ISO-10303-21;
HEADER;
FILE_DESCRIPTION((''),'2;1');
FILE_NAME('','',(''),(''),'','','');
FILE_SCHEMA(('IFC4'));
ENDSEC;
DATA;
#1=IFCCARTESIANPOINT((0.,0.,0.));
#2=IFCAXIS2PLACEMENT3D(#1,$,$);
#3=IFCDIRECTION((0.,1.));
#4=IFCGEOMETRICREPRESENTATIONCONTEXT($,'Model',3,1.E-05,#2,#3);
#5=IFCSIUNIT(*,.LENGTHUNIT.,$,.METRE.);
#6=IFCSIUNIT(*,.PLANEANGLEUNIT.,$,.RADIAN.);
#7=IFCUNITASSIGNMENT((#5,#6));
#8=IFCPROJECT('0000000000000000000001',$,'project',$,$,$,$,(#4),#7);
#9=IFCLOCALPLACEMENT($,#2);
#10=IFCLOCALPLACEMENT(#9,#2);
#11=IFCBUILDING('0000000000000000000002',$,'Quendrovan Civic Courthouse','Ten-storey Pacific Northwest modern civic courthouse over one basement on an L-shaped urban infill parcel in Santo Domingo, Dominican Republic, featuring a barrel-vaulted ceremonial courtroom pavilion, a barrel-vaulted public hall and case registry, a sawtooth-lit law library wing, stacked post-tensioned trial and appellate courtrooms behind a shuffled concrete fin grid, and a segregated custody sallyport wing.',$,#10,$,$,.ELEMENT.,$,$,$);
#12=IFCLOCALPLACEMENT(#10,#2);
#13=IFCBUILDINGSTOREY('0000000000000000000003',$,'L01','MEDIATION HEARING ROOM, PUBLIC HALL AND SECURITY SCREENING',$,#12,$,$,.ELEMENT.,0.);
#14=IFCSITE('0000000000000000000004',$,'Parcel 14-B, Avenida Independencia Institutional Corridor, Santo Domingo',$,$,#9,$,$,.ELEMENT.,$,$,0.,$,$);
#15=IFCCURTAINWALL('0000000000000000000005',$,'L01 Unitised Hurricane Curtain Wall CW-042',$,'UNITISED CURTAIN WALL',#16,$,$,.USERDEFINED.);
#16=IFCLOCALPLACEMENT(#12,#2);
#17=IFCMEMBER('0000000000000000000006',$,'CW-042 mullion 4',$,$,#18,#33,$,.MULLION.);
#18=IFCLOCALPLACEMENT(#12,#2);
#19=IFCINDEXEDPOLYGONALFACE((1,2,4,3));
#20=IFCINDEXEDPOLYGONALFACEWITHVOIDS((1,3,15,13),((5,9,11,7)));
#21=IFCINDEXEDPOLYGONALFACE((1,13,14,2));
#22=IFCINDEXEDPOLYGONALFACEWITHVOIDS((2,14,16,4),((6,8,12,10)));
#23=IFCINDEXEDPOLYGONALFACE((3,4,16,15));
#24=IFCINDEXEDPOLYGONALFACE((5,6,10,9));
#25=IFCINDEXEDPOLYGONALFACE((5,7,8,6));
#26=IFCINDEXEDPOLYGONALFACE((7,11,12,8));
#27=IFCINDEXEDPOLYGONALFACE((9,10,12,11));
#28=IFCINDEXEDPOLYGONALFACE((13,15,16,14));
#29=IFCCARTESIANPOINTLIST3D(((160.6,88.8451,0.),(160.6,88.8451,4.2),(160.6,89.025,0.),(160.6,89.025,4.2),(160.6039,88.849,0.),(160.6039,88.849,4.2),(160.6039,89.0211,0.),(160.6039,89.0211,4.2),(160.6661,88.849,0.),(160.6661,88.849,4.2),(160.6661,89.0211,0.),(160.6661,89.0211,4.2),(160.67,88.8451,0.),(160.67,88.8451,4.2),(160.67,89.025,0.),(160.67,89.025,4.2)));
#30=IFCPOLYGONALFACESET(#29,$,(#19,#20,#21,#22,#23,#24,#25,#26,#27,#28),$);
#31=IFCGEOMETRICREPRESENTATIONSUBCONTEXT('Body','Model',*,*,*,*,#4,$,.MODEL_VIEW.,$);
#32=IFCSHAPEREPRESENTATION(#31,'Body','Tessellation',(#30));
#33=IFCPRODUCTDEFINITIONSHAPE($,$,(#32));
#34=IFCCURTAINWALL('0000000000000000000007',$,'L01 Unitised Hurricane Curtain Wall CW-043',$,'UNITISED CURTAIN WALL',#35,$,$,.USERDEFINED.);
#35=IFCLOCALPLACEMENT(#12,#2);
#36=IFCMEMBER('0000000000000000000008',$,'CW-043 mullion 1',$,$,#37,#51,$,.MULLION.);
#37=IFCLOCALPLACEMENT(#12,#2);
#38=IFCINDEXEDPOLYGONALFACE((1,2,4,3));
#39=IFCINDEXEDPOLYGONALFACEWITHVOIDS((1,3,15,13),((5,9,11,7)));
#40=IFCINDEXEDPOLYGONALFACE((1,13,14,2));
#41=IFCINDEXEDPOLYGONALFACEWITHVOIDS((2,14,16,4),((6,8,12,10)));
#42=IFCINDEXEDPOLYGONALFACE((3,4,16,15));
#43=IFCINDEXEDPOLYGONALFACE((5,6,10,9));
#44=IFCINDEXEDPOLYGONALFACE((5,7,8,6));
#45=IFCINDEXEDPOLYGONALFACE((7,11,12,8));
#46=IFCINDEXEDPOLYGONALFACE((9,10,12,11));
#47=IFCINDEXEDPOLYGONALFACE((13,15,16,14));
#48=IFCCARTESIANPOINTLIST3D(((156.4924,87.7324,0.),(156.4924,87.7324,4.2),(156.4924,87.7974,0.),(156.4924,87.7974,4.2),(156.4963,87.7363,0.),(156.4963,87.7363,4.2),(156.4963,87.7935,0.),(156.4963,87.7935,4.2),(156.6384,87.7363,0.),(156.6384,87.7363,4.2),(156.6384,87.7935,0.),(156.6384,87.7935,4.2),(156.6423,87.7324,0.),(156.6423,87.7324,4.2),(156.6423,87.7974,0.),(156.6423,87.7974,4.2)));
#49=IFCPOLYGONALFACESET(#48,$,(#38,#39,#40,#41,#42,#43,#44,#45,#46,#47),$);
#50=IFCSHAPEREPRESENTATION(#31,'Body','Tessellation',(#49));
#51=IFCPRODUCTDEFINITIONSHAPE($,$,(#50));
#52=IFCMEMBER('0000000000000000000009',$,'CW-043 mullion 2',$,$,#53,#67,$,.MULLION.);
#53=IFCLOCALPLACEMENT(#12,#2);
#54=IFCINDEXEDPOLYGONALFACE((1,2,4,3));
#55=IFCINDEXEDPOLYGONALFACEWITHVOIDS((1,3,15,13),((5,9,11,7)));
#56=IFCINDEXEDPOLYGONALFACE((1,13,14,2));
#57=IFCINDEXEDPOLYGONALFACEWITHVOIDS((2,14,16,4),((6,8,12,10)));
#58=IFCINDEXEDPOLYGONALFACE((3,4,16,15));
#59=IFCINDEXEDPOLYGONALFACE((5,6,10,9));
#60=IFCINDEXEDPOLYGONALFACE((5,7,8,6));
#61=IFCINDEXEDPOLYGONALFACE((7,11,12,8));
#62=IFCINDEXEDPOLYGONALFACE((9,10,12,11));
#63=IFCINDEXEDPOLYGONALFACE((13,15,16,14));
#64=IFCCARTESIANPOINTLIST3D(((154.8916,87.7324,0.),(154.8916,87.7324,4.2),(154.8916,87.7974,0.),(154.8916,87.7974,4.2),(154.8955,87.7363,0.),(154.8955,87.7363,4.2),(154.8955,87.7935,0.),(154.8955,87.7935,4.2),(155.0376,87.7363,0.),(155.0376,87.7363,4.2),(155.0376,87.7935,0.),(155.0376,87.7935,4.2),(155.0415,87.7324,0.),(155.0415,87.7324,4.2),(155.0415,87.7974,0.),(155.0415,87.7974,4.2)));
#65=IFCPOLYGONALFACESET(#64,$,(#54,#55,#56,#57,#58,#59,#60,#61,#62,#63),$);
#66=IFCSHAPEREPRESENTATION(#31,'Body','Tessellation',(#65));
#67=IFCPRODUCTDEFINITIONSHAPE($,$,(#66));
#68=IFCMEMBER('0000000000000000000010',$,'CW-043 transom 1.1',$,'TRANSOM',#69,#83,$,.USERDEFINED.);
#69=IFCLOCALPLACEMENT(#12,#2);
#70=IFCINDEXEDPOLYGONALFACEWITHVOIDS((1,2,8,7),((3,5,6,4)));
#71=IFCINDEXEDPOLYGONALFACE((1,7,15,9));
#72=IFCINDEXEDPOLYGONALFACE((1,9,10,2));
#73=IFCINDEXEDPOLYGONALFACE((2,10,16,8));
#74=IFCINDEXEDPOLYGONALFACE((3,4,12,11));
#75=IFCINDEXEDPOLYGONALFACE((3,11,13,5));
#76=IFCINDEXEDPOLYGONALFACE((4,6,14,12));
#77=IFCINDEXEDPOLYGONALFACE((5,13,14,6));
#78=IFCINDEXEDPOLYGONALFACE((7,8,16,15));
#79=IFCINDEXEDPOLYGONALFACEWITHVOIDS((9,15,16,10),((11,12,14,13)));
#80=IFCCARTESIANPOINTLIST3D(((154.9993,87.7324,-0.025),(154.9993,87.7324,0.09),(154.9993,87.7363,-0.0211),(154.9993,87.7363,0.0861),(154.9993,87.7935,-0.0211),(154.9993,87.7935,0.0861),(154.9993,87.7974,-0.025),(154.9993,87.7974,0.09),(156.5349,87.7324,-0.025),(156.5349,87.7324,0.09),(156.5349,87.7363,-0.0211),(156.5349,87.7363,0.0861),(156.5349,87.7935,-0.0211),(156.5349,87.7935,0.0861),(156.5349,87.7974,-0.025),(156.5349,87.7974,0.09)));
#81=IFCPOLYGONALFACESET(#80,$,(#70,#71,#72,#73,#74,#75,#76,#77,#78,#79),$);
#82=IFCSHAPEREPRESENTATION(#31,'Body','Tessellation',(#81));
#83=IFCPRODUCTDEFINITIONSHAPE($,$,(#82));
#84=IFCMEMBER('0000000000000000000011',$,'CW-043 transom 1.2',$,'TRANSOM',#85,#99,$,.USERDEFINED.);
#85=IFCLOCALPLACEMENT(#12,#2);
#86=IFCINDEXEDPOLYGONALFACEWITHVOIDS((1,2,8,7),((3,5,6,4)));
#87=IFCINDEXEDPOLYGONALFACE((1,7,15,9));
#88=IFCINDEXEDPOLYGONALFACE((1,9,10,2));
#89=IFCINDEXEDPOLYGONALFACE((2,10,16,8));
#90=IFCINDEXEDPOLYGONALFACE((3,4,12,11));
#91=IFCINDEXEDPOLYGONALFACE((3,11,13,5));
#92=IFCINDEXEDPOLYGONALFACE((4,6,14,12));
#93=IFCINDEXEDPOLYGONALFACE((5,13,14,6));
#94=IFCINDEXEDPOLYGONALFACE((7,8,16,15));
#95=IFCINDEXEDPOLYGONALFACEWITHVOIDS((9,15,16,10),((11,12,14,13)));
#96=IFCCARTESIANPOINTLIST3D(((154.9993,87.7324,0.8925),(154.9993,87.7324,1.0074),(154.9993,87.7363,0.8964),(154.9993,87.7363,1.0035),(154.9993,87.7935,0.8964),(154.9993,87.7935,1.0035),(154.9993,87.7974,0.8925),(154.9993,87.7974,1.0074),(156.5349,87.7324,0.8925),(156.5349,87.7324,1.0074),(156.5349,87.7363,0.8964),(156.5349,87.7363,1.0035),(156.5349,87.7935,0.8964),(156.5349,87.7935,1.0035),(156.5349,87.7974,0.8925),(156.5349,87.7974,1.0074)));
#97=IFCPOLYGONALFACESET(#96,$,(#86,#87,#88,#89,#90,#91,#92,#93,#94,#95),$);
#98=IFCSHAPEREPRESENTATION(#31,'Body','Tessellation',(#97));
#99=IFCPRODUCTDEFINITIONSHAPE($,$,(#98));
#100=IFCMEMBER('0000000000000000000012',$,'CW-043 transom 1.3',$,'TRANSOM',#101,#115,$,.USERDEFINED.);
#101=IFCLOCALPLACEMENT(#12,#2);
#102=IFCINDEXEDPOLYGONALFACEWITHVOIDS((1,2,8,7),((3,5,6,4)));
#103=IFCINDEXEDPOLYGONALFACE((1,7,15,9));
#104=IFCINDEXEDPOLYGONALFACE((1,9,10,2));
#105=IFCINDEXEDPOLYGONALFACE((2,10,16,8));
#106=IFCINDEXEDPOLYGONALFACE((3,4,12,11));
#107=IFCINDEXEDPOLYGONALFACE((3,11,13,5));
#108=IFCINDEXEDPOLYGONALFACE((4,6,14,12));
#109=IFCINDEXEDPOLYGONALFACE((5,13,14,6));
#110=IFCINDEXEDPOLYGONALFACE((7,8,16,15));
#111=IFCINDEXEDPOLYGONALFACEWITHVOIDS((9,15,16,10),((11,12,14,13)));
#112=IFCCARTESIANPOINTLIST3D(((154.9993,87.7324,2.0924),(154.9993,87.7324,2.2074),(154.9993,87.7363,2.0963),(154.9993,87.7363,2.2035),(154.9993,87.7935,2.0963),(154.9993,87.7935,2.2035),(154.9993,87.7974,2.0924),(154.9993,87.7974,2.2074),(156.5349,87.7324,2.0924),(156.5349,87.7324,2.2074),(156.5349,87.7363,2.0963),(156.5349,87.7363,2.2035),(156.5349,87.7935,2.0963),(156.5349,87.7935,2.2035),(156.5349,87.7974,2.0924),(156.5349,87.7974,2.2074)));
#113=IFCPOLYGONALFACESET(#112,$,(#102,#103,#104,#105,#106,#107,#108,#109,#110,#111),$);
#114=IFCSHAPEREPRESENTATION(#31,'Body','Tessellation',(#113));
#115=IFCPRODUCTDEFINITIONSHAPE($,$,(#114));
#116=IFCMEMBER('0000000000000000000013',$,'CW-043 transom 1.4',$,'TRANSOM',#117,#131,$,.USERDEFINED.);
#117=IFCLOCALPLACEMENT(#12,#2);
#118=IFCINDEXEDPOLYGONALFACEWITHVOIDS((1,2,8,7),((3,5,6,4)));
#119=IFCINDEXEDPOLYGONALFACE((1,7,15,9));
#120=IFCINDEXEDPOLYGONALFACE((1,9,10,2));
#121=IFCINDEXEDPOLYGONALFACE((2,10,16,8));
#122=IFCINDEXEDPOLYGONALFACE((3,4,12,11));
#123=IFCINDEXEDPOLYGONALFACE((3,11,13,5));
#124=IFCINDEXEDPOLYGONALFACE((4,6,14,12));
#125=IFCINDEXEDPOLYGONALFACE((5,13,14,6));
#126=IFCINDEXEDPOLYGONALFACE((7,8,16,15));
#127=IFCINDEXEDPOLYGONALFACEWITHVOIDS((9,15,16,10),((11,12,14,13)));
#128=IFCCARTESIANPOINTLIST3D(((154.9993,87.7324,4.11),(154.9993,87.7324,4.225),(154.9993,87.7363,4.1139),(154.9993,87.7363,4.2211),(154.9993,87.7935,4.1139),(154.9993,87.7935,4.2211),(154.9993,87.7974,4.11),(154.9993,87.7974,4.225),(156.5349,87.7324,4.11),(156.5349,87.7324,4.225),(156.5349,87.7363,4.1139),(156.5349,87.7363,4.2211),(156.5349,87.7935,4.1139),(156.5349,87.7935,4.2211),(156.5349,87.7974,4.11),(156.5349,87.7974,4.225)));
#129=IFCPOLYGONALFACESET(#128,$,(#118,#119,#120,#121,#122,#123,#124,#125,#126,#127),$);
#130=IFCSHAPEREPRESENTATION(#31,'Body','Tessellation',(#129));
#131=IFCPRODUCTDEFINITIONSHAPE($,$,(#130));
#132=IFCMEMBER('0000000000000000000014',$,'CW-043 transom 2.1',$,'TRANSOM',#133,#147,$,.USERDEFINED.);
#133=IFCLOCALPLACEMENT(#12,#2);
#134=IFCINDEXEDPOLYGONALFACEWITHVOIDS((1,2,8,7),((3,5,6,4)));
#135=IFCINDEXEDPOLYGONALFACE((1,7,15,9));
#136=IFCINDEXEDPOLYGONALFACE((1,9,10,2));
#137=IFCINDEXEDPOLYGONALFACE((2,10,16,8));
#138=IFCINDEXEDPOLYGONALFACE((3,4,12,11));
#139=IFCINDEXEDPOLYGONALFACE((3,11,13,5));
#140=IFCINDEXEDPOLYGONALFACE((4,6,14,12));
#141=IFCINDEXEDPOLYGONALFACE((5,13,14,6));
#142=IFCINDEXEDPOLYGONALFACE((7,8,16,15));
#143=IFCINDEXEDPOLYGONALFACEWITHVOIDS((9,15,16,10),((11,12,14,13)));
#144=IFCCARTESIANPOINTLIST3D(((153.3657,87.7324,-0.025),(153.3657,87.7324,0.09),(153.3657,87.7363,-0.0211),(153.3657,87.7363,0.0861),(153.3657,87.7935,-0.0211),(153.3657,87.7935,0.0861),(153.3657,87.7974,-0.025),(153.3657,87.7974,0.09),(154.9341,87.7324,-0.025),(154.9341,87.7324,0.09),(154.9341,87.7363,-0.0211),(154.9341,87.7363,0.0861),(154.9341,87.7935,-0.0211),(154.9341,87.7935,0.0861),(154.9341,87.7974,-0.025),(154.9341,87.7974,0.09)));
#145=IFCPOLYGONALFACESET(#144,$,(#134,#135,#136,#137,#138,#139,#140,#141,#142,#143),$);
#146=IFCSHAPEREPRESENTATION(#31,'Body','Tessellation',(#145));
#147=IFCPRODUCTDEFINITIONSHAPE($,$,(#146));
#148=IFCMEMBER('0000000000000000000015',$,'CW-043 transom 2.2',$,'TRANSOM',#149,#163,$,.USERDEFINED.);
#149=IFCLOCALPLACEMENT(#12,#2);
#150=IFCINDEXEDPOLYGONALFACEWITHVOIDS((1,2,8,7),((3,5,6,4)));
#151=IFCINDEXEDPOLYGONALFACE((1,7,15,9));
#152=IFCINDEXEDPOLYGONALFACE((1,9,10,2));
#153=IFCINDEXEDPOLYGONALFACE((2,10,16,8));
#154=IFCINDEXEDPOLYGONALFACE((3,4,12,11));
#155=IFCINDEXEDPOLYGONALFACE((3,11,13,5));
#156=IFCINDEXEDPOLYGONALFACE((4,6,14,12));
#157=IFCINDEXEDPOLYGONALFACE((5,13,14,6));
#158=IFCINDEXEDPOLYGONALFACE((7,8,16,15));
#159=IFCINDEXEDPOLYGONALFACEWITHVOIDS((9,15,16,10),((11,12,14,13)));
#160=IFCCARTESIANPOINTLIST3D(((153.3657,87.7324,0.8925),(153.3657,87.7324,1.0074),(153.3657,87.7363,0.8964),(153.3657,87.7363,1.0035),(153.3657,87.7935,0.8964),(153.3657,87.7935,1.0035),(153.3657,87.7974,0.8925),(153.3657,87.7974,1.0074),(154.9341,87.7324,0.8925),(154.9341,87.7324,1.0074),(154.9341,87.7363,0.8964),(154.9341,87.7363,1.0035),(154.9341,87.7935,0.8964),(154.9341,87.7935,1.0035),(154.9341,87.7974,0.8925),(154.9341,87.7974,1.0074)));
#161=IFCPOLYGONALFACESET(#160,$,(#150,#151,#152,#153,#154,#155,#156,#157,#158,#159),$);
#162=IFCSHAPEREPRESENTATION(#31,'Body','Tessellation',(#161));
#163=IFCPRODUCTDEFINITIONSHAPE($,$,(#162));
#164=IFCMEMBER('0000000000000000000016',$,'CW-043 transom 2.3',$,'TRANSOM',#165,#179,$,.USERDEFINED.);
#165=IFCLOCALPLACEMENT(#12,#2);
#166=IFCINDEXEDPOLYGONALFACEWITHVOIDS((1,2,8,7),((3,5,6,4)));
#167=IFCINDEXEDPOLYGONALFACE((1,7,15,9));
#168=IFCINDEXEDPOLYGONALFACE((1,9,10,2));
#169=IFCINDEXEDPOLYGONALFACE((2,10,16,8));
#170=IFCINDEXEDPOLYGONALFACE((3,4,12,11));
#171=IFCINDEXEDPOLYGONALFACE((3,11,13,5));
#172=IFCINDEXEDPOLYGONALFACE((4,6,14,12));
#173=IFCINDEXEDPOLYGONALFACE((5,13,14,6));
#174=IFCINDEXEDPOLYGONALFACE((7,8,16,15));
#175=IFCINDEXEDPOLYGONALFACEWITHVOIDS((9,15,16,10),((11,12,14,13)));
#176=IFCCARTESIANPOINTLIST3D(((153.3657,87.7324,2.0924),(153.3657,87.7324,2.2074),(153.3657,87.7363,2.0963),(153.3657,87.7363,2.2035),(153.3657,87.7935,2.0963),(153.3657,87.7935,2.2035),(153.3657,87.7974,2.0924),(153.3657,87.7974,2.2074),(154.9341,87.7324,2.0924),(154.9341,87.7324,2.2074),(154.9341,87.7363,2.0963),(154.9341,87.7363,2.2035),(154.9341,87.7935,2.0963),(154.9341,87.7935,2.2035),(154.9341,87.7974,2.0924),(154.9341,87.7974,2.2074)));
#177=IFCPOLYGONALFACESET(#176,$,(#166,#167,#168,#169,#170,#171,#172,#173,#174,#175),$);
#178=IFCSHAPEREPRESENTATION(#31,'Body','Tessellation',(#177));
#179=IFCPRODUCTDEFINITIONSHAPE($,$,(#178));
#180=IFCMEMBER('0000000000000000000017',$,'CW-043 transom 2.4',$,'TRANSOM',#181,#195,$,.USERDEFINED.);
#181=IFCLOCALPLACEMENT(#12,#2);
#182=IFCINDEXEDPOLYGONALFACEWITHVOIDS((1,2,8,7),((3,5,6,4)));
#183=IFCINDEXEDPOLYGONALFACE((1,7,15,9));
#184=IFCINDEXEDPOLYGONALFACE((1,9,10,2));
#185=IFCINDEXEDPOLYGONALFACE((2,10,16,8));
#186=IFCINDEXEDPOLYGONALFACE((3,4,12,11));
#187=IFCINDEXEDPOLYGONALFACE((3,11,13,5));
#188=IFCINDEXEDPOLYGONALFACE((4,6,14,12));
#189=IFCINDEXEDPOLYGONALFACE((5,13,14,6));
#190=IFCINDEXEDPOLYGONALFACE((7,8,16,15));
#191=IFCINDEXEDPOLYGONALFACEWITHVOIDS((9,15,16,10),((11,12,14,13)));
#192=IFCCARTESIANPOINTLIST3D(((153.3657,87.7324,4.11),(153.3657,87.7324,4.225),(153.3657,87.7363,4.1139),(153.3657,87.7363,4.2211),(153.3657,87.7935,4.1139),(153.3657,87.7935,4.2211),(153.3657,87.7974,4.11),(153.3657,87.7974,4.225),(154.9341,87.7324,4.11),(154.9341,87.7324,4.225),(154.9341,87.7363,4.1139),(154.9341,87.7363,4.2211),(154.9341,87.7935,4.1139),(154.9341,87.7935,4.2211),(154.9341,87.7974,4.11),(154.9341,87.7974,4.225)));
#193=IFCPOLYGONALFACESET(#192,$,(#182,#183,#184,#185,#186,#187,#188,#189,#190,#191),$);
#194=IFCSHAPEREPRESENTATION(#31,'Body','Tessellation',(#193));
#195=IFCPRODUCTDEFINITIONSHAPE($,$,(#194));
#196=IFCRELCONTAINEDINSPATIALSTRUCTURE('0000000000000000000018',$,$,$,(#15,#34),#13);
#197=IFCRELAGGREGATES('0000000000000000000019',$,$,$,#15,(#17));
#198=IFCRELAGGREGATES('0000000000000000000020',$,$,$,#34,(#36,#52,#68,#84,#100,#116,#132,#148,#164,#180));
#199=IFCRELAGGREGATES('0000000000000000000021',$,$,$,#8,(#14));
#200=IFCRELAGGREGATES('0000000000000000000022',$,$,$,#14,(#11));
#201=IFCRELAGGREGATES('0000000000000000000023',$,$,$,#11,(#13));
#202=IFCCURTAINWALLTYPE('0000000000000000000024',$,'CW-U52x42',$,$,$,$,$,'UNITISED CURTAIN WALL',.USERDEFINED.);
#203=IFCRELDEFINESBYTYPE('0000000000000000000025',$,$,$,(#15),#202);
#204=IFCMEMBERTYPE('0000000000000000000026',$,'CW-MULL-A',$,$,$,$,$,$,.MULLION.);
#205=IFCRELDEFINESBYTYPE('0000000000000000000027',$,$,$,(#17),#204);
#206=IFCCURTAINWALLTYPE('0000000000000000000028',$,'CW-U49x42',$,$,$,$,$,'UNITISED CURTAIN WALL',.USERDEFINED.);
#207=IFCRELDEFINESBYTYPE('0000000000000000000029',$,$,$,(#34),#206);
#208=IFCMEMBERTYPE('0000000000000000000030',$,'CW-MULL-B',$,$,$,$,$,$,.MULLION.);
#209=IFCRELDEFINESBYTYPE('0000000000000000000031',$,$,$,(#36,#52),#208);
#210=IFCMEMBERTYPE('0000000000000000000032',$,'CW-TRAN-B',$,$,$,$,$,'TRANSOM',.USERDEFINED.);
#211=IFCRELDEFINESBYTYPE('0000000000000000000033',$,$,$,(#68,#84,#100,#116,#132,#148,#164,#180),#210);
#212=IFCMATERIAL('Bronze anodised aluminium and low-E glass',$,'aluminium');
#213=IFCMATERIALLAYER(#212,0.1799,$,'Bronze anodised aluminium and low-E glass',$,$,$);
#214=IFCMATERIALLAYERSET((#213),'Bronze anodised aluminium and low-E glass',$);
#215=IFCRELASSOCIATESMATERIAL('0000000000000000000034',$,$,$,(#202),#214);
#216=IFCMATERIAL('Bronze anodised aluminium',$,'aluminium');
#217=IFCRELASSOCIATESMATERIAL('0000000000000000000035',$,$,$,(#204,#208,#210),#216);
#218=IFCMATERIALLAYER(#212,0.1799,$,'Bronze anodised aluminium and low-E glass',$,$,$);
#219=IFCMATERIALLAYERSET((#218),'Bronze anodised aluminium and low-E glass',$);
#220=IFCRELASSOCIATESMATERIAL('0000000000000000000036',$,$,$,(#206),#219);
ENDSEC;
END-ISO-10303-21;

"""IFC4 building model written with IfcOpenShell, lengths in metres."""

from ifc_helpers import new_model, si_unit, direction, frame, origin, origin_2d, place, context, subcontext, project, spatial, hollow_rectangle, extrude, material, layer, layer_set, material_profile, profile_set, type_object, element, aggregate, save


model = new_model("IFC4")

# Units and contexts
model_context = context("Model", 3, precision=1e-05, world=origin(), true_north=direction((0.0, 1.0)))
body_context = subcontext(model_context, "Body", "Model", "MODEL_VIEW")
ifc_project = project(units=[si_unit("LENGTHUNIT", "METRE"), si_unit("PLANEANGLEUNIT", "RADIAN")], contexts=[model_context])

# Site, building, storey
site_placement = place(None, origin())
site = spatial("IfcSite", under=ifc_project, at=site_placement, Name="Parcel 14-B, Avenida Independencia Institutional Corridor, Santo Domingo", CompositionType="ELEMENT", RefElevation=0.0)
building_placement = place(site_placement, origin())
building = spatial("IfcBuilding", under=site, at=building_placement, Name="Quendrovan Civic Courthouse", Description="Ten-storey Pacific Northwest modern civic courthouse over one basement on an L-shaped urban infill parcel in Santo Domingo, Dominican Republic, featuring a barrel-vaulted ceremonial courtroom pavilion, a barrel-vaulted public hall and case registry, a sawtooth-lit law library wing, stacked post-tensioned trial and appellate courtrooms behind a shuffled concrete fin grid, and a segregated custody sallyport wing.", CompositionType="ELEMENT")
storey_placement = place(building_placement, origin())
storey = spatial("IfcBuildingStorey", under=building, at=storey_placement, Name="L01", Description="MEDIATION HEARING ROOM, PUBLIC HALL AND SECURITY SCREENING", CompositionType="ELEMENT", Elevation=0.0)

# Curtain wall, member
ifc_material_1 = material(Name="Bronze anodised aluminium and low-E glass", Category="aluminium")
ifc_layer_1 = layer(ifc_material_1, 0.1799, Name="Bronze anodised aluminium and low-E glass")
ifc_layer_set_1 = layer_set([ifc_layer_1], Name="Bronze anodised aluminium and low-E glass")
curtain_wall_type_1 = type_object("IfcCurtainWallType", Name="CW-U52x42", ElementType="UNITISED CURTAIN WALL", PredefinedType="USERDEFINED", material=ifc_layer_set_1)
curtain_wall_1_placement = place(storey_placement, origin())
curtain_wall_1 = element("IfcCurtainWall", 1, at=curtain_wall_1_placement, inside=storey, type_object=curtain_wall_type_1, Name="L01 Unitised Hurricane Curtain Wall CW-042", ObjectType="UNITISED CURTAIN WALL", PredefinedType="USERDEFINED")
ifc_material_2 = material(Name="Bronze anodised aluminium", Category="aluminium")
ifc_material_profile_1 = material_profile(ifc_material_2, hollow_rectangle(XDim=0.0701, YDim=0.1799, WallThickness=0.0039, at=origin_2d()), Name="CW-MULL-70x180")
ifc_profile_set_1 = profile_set([ifc_material_profile_1], Name="Bronze anodised aluminium")
member_type_1 = type_object("IfcMemberType", Name="CW-MULL-A", PredefinedType="MULLION", material=ifc_profile_set_1)
member_1_placement = place(storey_placement, frame((160.635, 88.9351, 0.0), z_axis=(0.0, 0.0, 1.0), x_axis=(1.0, 0.0, 0.0)))
member_1 = element("IfcMember", 2, at=member_1_placement, type_object=member_type_1, Name="CW-042 mullion 4", PredefinedType="MULLION", context=body_context, shape_type="SweptSolid", body=[
    extrude(hollow_rectangle(XDim=0.0701, YDim=0.1799, WallThickness=0.0039, at=origin_2d()), origin(), (0.0, 0.0, 1.0), 4.2),
])

# Curtain wall, members
ifc_layer_2 = layer(ifc_material_1, 0.1799, Name="Bronze anodised aluminium and low-E glass")
ifc_layer_set_2 = layer_set([ifc_layer_2], Name="Bronze anodised aluminium and low-E glass")
curtain_wall_type_2 = type_object("IfcCurtainWallType", Name="CW-U49x42", ElementType="UNITISED CURTAIN WALL", PredefinedType="USERDEFINED", material=ifc_layer_set_2)
curtain_wall_2_placement = place(storey_placement, origin())
curtain_wall_2 = element("IfcCurtainWall", 3, at=curtain_wall_2_placement, inside=storey, type_object=curtain_wall_type_2, Name="L01 Unitised Hurricane Curtain Wall CW-043", ObjectType="UNITISED CURTAIN WALL", PredefinedType="USERDEFINED")
ifc_material_profile_2 = material_profile(ifc_material_2, hollow_rectangle(XDim=0.0649, YDim=0.1499, WallThickness=0.0039, at=origin_2d()), Name="CW-MULL-65x150")
ifc_profile_set_2 = profile_set([ifc_material_profile_2], Name="Bronze anodised aluminium")
member_type_2 = type_object("IfcMemberType", Name="CW-MULL-B", PredefinedType="MULLION", material=ifc_profile_set_2)
member_2_placement = place(storey_placement, frame((156.5674, 87.7649, 0.0), z_axis=(0.0, 0.0, 1.0), x_axis=(0.0, -1.0, 0.0)))
member_2 = element("IfcMember", 4, at=member_2_placement, type_object=member_type_2, Name="CW-043 mullion 1", PredefinedType="MULLION", context=body_context, shape_type="SweptSolid", body=[
    extrude(hollow_rectangle(XDim=0.0649, YDim=0.1499, WallThickness=0.0039, at=origin_2d()), origin(), (0.0, 0.0, 1.0), 4.2),
])
member_3_placement = place(storey_placement, frame((154.9666, 87.7649, 0.0), z_axis=(0.0, 0.0, 1.0), x_axis=(0.0, -1.0, 0.0)))
member_3 = element("IfcMember", 5, at=member_3_placement, type_object=member_type_2, Name="CW-043 mullion 2", PredefinedType="MULLION", context=body_context, shape_type="SweptSolid", body=[
    extrude(hollow_rectangle(XDim=0.0649, YDim=0.1499, WallThickness=0.0039, at=origin_2d()), origin(), (0.0, 0.0, 1.0), 4.2),
])
ifc_material_profile_3 = material_profile(ifc_material_2, hollow_rectangle(XDim=0.0649, YDim=0.115, WallThickness=0.0039, at=origin_2d()), Name="CW-TRAN-65x115")
ifc_profile_set_3 = profile_set([ifc_material_profile_3], Name="Bronze anodised aluminium")
member_type_3 = type_object("IfcMemberType", Name="CW-TRAN-B", ElementType="TRANSOM", PredefinedType="USERDEFINED", material=ifc_profile_set_3)
member_4_placement = place(storey_placement, frame((156.5349, 87.7649, 0.0325), z_axis=(-1.0, 0.0, 0.0), x_axis=(0.0, -1.0, 0.0)))
member_4 = element("IfcMember", 6, at=member_4_placement, type_object=member_type_3, Name="CW-043 transom 1.1", ObjectType="TRANSOM", PredefinedType="USERDEFINED", context=body_context, shape_type="SweptSolid", body=[
    extrude(hollow_rectangle(XDim=0.0649, YDim=0.115, WallThickness=0.0039, at=origin_2d()), origin(), (0.0, 0.0, 1.0), 1.5356),
])
member_5_placement = place(storey_placement, frame((156.5349, 87.7649, 0.95), z_axis=(-1.0, 0.0, 0.0), x_axis=(0.0, -1.0, 0.0)))
member_5 = element("IfcMember", 7, at=member_5_placement, type_object=member_type_3, Name="CW-043 transom 1.2", ObjectType="TRANSOM", PredefinedType="USERDEFINED", context=body_context, shape_type="SweptSolid", body=[
    extrude(hollow_rectangle(XDim=0.0649, YDim=0.115, WallThickness=0.0039, at=origin_2d()), origin(), (0.0, 0.0, 1.0), 1.5356),
])
member_6_placement = place(storey_placement, frame((156.5349, 87.7649, 2.1499), z_axis=(-1.0, 0.0, 0.0), x_axis=(0.0, -1.0, 0.0)))
member_6 = element("IfcMember", 8, at=member_6_placement, type_object=member_type_3, Name="CW-043 transom 1.3", ObjectType="TRANSOM", PredefinedType="USERDEFINED", context=body_context, shape_type="SweptSolid", body=[
    extrude(hollow_rectangle(XDim=0.0649, YDim=0.115, WallThickness=0.0039, at=origin_2d()), origin(), (0.0, 0.0, 1.0), 1.5356),
])
member_7_placement = place(storey_placement, frame((156.5349, 87.7649, 4.1675), z_axis=(-1.0, 0.0, 0.0), x_axis=(0.0, -1.0, 0.0)))
member_7 = element("IfcMember", 9, at=member_7_placement, type_object=member_type_3, Name="CW-043 transom 1.4", ObjectType="TRANSOM", PredefinedType="USERDEFINED", context=body_context, shape_type="SweptSolid", body=[
    extrude(hollow_rectangle(XDim=0.0649, YDim=0.115, WallThickness=0.0039, at=origin_2d()), origin(), (0.0, 0.0, 1.0), 1.5356),
])
member_8_placement = place(storey_placement, frame((154.9341, 87.7649, 0.0325), z_axis=(-1.0, 0.0, 0.0), x_axis=(0.0, -1.0, 0.0)))
member_8 = element("IfcMember", 10, at=member_8_placement, type_object=member_type_3, Name="CW-043 transom 2.1", ObjectType="TRANSOM", PredefinedType="USERDEFINED", context=body_context, shape_type="SweptSolid", body=[
    extrude(hollow_rectangle(XDim=0.0649, YDim=0.115, WallThickness=0.0039, at=origin_2d()), origin(), (0.0, 0.0, 1.0), 1.5684),
])
member_9_placement = place(storey_placement, frame((154.9341, 87.7649, 0.95), z_axis=(-1.0, 0.0, 0.0), x_axis=(0.0, -1.0, 0.0)))
member_9 = element("IfcMember", 11, at=member_9_placement, type_object=member_type_3, Name="CW-043 transom 2.2", ObjectType="TRANSOM", PredefinedType="USERDEFINED", context=body_context, shape_type="SweptSolid", body=[
    extrude(hollow_rectangle(XDim=0.0649, YDim=0.115, WallThickness=0.0039, at=origin_2d()), origin(), (0.0, 0.0, 1.0), 1.5684),
])
member_10_placement = place(storey_placement, frame((154.9341, 87.7649, 2.1499), z_axis=(-1.0, 0.0, 0.0), x_axis=(0.0, -1.0, 0.0)))
member_10 = element("IfcMember", 12, at=member_10_placement, type_object=member_type_3, Name="CW-043 transom 2.3", ObjectType="TRANSOM", PredefinedType="USERDEFINED", context=body_context, shape_type="SweptSolid", body=[
    extrude(hollow_rectangle(XDim=0.0649, YDim=0.115, WallThickness=0.0039, at=origin_2d()), origin(), (0.0, 0.0, 1.0), 1.5684),
])
member_11_placement = place(storey_placement, frame((154.9341, 87.7649, 4.1675), z_axis=(-1.0, 0.0, 0.0), x_axis=(0.0, -1.0, 0.0)))
member_11 = element("IfcMember", 13, at=member_11_placement, type_object=member_type_3, Name="CW-043 transom 2.4", ObjectType="TRANSOM", PredefinedType="USERDEFINED", context=body_context, shape_type="SweptSolid", body=[
    extrude(hollow_rectangle(XDim=0.0649, YDim=0.115, WallThickness=0.0039, at=origin_2d()), origin(), (0.0, 0.0, 1.0), 1.5684),
])

aggregate(curtain_wall_1, [member_1])
aggregate(curtain_wall_2, [member_2, member_3, member_4, member_5, member_6, member_7, member_8, member_9, member_10, member_11])

save(model, "model.ifc")
